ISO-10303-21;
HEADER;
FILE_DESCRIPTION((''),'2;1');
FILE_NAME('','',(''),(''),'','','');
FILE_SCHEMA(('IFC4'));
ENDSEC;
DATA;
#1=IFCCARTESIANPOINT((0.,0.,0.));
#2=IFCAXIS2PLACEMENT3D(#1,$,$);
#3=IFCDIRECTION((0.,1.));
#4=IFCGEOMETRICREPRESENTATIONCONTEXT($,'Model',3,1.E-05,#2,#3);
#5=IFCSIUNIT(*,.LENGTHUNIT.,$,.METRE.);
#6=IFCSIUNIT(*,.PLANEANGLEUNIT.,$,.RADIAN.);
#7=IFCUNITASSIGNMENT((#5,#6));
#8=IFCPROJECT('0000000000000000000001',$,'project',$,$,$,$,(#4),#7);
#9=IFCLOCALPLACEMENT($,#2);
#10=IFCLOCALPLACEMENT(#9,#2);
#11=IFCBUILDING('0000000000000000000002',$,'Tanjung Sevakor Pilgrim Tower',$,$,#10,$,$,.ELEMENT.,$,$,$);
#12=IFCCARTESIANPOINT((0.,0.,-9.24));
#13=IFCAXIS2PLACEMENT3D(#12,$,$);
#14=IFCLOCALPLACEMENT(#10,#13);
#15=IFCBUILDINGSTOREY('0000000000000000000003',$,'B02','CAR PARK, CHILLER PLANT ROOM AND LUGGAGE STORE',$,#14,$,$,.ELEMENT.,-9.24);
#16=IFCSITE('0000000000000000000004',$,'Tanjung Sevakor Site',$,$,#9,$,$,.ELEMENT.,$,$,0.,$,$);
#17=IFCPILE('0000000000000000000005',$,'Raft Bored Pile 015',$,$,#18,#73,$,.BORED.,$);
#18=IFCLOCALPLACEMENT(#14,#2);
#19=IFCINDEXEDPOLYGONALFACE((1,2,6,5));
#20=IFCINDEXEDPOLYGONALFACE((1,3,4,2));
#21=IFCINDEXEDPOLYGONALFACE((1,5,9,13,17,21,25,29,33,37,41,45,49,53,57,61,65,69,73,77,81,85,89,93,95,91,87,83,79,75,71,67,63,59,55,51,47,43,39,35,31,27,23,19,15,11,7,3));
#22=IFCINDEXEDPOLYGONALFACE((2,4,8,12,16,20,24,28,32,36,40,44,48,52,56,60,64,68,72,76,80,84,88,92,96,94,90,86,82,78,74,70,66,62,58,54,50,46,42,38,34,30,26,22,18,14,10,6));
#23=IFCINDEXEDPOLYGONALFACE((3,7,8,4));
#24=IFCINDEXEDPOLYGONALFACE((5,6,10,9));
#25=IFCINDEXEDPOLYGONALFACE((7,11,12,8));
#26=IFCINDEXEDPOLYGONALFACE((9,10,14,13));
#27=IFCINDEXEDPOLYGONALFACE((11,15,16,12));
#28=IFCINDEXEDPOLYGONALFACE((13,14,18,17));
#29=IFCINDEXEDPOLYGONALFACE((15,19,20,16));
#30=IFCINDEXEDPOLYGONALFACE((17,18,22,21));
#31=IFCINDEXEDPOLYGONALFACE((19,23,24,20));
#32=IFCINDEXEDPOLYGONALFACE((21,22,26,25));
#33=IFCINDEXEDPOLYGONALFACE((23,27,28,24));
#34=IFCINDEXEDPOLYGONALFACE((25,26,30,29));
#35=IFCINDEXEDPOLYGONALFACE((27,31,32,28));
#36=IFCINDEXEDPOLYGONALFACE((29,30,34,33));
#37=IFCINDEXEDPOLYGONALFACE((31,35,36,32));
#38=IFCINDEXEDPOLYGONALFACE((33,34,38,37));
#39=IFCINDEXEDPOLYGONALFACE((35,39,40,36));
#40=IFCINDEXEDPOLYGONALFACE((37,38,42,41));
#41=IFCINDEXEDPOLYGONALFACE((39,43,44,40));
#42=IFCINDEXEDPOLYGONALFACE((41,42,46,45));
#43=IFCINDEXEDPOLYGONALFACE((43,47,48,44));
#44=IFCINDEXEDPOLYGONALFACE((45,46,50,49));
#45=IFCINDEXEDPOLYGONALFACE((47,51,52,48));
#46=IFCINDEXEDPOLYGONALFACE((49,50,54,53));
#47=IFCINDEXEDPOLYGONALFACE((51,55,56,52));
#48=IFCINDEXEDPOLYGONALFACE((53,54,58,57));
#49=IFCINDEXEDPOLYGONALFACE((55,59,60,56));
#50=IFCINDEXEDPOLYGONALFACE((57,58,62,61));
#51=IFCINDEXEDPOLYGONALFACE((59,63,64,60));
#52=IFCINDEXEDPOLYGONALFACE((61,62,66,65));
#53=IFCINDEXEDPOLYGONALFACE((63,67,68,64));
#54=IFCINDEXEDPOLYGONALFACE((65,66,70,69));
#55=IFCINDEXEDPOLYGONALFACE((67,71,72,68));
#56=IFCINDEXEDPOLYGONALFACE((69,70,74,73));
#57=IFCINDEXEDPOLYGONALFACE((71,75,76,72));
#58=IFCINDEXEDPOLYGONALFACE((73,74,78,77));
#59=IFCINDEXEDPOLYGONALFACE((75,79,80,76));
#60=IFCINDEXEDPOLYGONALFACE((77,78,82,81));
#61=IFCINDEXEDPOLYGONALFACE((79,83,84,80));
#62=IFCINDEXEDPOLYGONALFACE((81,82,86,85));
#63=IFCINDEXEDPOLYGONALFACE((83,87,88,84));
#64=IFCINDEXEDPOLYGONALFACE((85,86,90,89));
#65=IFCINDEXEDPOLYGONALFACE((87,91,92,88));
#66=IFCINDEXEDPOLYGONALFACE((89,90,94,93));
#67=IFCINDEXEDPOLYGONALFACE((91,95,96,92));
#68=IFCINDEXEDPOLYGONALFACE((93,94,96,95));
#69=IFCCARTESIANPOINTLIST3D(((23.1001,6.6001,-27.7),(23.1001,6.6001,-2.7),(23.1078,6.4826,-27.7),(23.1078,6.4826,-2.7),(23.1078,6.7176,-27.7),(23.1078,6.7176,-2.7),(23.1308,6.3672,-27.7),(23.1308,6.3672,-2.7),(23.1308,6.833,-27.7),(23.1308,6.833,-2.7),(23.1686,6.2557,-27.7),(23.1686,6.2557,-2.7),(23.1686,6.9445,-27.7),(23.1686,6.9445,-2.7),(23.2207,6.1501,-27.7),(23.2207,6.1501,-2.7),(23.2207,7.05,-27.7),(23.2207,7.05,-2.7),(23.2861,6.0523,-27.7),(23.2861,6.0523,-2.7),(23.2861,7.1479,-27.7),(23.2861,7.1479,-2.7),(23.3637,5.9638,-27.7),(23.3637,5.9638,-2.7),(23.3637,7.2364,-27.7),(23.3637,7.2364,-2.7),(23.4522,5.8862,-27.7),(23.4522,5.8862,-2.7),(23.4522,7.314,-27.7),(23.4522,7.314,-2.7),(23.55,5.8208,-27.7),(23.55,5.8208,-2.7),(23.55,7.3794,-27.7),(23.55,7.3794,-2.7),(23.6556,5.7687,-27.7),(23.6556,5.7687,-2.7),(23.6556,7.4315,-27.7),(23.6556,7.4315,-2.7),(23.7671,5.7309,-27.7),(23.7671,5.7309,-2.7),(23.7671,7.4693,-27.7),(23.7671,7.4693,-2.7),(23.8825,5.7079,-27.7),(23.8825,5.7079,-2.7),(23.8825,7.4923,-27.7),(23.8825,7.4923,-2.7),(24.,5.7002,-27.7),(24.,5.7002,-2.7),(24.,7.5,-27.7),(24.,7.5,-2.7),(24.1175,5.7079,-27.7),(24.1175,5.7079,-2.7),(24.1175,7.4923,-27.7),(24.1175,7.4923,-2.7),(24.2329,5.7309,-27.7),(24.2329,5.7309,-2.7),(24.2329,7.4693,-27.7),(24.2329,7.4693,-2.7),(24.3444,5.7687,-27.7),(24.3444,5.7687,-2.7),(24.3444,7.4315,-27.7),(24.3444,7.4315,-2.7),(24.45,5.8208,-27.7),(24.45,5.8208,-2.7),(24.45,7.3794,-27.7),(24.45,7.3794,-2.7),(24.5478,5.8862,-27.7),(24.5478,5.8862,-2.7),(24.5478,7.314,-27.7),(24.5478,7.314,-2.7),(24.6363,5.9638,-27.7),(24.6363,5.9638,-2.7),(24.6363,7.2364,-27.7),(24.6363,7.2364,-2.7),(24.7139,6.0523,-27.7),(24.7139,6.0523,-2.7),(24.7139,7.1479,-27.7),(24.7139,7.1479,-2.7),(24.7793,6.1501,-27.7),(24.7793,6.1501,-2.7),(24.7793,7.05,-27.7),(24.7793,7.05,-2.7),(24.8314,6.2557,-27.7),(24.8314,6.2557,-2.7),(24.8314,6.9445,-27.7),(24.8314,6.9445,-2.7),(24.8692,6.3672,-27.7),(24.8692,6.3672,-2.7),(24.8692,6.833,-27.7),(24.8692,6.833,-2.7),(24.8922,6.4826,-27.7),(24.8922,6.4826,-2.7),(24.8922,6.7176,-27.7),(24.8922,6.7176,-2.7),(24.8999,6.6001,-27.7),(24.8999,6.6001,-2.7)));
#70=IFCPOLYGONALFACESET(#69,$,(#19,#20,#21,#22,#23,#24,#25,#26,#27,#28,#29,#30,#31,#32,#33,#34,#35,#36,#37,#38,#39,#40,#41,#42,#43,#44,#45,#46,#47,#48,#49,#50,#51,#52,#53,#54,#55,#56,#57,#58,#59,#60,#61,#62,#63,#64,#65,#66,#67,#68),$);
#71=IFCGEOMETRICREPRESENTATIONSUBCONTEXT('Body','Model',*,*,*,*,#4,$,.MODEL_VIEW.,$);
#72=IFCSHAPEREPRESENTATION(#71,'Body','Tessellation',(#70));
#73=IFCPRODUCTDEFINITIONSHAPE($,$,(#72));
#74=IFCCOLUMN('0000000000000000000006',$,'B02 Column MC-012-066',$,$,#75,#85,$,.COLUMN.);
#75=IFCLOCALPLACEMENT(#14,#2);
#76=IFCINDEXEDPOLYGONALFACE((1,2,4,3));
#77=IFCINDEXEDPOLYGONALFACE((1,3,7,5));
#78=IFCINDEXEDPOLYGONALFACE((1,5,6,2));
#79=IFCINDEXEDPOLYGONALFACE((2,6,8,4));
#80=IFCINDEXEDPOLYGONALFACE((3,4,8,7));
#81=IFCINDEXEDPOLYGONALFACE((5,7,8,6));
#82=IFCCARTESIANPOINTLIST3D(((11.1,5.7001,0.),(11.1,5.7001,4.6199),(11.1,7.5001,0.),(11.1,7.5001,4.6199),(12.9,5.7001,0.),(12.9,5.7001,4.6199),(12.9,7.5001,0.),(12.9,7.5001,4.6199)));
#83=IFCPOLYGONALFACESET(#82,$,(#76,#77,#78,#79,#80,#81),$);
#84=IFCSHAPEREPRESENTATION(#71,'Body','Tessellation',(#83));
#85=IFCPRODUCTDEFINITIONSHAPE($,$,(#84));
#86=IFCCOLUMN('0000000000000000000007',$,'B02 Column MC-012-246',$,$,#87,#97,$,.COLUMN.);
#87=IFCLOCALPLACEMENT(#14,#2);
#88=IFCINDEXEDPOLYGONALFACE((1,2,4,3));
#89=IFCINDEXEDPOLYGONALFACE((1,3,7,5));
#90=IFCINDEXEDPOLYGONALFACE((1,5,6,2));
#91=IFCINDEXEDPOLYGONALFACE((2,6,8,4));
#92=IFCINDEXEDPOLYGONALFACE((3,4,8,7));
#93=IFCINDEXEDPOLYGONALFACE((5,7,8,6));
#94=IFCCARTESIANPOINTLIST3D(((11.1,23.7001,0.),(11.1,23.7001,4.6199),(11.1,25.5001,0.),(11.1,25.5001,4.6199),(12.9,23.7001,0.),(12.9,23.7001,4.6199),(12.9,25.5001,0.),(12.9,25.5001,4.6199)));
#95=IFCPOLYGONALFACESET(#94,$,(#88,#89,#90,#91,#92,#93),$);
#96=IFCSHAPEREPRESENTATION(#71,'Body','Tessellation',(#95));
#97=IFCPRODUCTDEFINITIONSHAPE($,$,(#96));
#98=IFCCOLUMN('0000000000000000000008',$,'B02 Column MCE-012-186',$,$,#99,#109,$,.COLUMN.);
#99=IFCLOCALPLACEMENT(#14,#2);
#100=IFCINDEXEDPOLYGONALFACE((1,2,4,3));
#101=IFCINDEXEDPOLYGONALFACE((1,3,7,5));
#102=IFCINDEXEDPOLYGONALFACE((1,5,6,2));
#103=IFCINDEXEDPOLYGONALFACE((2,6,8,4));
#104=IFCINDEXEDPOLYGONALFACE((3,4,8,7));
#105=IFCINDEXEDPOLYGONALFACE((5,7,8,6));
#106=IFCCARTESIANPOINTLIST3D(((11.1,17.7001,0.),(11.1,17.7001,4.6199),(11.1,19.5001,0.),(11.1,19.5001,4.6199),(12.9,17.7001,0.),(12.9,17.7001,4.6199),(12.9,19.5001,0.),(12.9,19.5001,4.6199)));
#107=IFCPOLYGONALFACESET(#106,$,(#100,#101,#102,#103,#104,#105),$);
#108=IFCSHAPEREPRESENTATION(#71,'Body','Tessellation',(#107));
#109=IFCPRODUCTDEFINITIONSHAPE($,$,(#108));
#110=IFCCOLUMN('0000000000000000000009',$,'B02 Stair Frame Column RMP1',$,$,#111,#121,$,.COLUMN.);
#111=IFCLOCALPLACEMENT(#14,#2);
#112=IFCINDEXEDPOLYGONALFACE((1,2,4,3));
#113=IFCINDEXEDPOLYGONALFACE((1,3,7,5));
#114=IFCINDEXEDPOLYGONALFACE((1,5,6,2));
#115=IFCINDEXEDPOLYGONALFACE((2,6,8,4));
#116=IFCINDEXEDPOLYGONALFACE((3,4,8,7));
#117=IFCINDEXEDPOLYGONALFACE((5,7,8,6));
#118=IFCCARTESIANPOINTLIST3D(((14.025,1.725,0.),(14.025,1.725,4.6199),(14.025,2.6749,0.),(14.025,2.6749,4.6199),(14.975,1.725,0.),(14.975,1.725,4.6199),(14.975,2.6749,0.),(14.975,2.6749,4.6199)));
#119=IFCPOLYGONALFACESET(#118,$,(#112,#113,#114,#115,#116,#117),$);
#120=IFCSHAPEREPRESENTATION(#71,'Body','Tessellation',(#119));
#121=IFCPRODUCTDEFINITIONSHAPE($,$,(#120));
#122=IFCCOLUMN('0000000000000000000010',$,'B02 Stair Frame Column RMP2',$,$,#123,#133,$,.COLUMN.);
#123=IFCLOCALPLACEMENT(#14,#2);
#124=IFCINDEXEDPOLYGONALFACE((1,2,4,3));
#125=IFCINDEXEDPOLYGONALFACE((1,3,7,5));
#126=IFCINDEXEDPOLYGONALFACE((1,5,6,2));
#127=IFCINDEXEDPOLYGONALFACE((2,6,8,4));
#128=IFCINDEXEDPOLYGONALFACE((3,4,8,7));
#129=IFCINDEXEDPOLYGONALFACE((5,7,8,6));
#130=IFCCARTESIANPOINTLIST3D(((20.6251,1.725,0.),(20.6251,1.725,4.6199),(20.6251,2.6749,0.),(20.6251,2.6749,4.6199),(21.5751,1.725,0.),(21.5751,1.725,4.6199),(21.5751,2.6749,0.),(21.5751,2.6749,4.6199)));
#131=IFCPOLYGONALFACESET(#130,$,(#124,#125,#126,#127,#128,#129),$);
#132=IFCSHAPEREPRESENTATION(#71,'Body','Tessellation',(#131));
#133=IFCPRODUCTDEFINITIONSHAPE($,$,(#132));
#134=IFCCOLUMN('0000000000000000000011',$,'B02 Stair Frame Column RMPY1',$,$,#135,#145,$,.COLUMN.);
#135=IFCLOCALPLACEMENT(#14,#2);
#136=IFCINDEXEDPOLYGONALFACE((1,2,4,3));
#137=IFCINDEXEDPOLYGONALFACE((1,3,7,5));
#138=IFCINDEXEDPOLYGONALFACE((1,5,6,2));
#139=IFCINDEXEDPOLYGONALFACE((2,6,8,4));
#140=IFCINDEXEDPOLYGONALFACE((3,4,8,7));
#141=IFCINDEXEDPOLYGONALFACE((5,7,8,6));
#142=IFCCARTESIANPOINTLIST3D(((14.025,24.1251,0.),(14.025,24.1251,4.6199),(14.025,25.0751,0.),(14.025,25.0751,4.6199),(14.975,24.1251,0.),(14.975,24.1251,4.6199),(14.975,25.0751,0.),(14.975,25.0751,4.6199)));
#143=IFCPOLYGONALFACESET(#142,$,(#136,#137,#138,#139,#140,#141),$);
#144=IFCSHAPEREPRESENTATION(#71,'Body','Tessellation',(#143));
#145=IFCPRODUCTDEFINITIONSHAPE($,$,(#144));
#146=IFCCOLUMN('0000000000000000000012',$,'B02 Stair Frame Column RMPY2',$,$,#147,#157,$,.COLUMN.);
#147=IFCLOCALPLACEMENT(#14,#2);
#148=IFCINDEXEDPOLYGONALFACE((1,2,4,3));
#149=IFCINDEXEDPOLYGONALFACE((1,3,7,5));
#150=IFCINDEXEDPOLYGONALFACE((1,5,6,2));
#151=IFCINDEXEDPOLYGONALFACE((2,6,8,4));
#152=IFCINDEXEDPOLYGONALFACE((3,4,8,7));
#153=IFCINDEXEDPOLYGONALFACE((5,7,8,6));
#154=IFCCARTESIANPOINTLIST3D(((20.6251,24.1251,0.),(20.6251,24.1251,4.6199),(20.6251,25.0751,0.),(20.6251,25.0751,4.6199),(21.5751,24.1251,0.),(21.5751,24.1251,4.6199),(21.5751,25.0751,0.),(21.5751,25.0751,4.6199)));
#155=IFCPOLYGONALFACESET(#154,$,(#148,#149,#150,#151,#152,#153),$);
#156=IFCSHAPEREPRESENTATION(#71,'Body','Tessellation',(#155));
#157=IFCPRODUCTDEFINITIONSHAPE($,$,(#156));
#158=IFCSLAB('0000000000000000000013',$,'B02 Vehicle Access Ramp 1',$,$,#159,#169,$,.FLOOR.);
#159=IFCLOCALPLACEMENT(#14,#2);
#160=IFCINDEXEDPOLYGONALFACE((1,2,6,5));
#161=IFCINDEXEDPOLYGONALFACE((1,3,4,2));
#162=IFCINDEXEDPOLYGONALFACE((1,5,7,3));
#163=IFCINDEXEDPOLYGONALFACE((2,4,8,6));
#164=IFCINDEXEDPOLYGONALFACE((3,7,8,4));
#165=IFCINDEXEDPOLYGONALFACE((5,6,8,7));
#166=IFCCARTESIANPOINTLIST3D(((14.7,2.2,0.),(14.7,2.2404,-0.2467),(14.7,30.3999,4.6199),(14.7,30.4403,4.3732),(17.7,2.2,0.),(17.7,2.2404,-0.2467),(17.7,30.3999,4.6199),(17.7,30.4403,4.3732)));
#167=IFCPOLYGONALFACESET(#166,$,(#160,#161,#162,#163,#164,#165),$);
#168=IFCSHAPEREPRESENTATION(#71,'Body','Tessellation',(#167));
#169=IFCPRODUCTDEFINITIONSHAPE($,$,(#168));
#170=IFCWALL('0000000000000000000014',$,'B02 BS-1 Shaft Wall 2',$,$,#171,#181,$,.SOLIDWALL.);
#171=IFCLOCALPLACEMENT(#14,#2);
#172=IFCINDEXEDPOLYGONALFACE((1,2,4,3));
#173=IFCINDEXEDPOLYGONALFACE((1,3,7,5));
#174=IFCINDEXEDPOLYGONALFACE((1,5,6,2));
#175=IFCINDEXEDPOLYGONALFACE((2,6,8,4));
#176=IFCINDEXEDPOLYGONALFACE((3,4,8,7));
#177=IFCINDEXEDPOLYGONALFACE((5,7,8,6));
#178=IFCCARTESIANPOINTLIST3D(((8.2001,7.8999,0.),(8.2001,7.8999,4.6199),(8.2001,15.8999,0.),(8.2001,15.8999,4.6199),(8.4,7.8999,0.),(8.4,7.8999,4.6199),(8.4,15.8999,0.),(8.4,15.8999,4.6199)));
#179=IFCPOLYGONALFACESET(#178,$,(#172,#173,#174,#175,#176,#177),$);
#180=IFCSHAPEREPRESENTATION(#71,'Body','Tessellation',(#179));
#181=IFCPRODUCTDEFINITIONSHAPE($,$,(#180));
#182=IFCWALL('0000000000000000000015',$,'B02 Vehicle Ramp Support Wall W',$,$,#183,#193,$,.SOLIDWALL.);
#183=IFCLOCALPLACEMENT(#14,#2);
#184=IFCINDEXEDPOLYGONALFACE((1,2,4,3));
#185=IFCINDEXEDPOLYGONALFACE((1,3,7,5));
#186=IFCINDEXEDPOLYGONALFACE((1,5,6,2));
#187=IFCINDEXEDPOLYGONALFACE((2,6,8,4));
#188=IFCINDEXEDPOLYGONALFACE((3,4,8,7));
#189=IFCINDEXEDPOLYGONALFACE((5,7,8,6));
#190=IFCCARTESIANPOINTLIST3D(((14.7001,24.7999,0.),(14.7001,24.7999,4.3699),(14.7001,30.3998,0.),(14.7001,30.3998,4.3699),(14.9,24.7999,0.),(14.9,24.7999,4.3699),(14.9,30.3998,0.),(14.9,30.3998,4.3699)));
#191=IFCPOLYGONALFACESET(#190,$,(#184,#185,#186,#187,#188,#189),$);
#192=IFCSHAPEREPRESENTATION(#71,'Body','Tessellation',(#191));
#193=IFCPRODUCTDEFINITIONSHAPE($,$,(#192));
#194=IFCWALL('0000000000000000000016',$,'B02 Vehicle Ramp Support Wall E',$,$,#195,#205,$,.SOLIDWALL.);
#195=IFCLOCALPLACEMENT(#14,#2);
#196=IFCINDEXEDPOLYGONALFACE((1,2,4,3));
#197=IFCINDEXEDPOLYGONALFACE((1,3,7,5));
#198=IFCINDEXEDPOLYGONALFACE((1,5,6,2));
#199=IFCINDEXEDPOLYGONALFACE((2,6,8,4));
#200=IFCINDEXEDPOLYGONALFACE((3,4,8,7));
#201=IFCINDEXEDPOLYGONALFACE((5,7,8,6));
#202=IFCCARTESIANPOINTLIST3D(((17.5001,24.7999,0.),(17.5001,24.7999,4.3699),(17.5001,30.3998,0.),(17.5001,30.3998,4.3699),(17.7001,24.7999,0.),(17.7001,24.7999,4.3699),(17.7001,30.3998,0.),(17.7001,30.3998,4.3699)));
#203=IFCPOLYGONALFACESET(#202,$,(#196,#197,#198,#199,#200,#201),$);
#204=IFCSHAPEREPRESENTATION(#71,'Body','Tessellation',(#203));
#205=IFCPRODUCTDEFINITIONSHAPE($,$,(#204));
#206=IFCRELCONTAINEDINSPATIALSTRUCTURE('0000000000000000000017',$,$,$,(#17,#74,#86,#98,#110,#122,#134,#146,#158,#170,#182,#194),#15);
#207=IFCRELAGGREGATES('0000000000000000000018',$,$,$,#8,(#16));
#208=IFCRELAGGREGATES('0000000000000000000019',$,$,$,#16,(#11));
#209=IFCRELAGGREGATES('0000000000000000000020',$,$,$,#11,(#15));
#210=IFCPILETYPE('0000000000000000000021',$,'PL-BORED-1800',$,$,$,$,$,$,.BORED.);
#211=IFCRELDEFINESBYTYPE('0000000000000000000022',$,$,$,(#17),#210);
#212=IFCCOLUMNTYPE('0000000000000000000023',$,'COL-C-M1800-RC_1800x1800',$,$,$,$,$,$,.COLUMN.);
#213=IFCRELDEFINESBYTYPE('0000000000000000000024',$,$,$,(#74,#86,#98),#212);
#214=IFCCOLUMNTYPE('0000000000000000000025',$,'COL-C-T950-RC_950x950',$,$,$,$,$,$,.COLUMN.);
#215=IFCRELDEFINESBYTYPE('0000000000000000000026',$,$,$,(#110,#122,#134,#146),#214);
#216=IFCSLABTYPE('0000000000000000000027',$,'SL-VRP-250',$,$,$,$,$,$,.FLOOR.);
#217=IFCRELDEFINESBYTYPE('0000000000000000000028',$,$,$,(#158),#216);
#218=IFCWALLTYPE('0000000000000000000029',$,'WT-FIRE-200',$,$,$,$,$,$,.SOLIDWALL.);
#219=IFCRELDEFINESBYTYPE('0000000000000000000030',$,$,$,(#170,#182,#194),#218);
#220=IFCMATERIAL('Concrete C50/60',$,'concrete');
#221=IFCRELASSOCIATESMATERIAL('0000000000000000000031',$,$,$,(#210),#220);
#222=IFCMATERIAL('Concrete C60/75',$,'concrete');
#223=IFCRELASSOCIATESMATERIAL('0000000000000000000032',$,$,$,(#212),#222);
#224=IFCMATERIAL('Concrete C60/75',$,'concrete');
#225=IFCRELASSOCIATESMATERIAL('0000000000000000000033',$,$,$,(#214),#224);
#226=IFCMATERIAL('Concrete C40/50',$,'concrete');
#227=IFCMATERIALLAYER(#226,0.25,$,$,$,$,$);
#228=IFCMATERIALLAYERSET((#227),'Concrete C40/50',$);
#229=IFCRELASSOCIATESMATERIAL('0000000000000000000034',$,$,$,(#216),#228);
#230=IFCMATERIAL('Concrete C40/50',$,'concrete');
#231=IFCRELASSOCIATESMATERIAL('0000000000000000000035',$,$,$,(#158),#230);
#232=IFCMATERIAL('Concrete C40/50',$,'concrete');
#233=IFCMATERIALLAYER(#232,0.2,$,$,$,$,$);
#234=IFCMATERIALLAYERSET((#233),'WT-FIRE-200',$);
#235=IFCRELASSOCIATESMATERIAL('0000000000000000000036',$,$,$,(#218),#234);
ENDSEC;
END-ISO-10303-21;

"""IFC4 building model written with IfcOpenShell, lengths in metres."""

from ifc_helpers import new_model, si_unit, direction, frame, frame_2d, origin, origin_2d, place, context, subcontext, project, spatial, polyline, rectangle, circle, outline, extrude, material, layer, layer_set, material_profile, profile_set, type_object, element, save


model = new_model("IFC4")

# Units and contexts
model_context = context("Model", 3, precision=1e-05, world=origin(), true_north=direction((0.0, 1.0)))
body_context = subcontext(model_context, "Body", "Model", "MODEL_VIEW")
ifc_project = project(units=[si_unit("LENGTHUNIT", "METRE"), si_unit("PLANEANGLEUNIT", "RADIAN")], contexts=[model_context])

# Site, building, storey
site_placement = place(None, origin())
site = spatial("IfcSite", under=ifc_project, at=site_placement, Name="Tanjung Sevakor Site", CompositionType="ELEMENT", RefElevation=0.0)
building_placement = place(site_placement, origin())
building = spatial("IfcBuilding", under=site, at=building_placement, Name="Tanjung Sevakor Pilgrim Tower", CompositionType="ELEMENT")
storey_placement = place(building_placement, frame((0.0, 0.0, -9.24)))
storey = spatial("IfcBuildingStorey", under=building, at=storey_placement, Name="B02", Description="CAR PARK, CHILLER PLANT ROOM AND LUGGAGE STORE", CompositionType="ELEMENT", Elevation=-9.24)

# Pile
ifc_material_1 = material(Name="Concrete C50/60", Category="concrete")
ifc_material_profile_1 = material_profile(ifc_material_1, circle(Radius=0.8999, at=origin_2d()))
ifc_profile_set_1 = profile_set([ifc_material_profile_1], Name="Concrete C50/60")
pile_type = type_object("IfcPileType", Name="PL-BORED-1800", PredefinedType="BORED", material=ifc_profile_set_1)
for number, where, z_axis, x_axis, name in (
    (1, (24.0, 6.6001, -2.7), (0.0, 0.0, -1.0), (1.0, 0.0, 0.0), "Raft Bored Pile 015"),
):
    element("IfcPile", number, at=place(storey_placement, frame(where, z_axis=z_axis, x_axis=x_axis)), inside=storey, type_object=pile_type, Name=name, PredefinedType="BORED", context=body_context, shape_type="SweptSolid", body=[
        extrude(circle(Radius=0.8999, at=origin_2d()), origin(), (0.0, 0.0, 1.0), 25.0),
    ])

# Columns
ifc_material_2 = material(Name="Concrete C60/75", Category="concrete")
ifc_material_profile_2 = material_profile(ifc_material_2, rectangle(XDim=1.8, YDim=1.8, at=origin_2d()))
ifc_profile_set_2 = profile_set([ifc_material_profile_2], Name="Concrete C60/75")
column_type_1 = type_object("IfcColumnType", Name="COL-C-M1800-RC_1800x1800", PredefinedType="COLUMN", material=ifc_profile_set_2)
for number, where, z_axis, x_axis, name in (
    (2, (12.0, 6.6001, 0.0), (0.0, 0.0, 1.0), (1.0, 0.0, 0.0), "B02 Column MC-012-066"),
    (3, (12.0, 24.6001, 0.0), (0.0, 0.0, 1.0), (1.0, 0.0, 0.0), "B02 Column MC-012-246"),
    (4, (12.0, 18.6001, 0.0), (0.0, 0.0, 1.0), (1.0, 0.0, 0.0), "B02 Column MCE-012-186"),
):
    element("IfcColumn", number, at=place(storey_placement, frame(where, z_axis=z_axis, x_axis=x_axis)), inside=storey, type_object=column_type_1, Name=name, PredefinedType="COLUMN", context=body_context, shape_type="SweptSolid", body=[
        extrude(rectangle(XDim=1.8, YDim=1.8, at=origin_2d()), origin(), (0.0, 0.0, 1.0), 4.6199),
    ])
ifc_material_3 = material(Name="Concrete C60/75", Category="concrete")
ifc_material_profile_3 = material_profile(ifc_material_3, rectangle(XDim=0.95, YDim=0.95, at=origin_2d()))
ifc_profile_set_3 = profile_set([ifc_material_profile_3], Name="Concrete C60/75")
column_type_2 = type_object("IfcColumnType", Name="COL-C-T950-RC_950x950", PredefinedType="COLUMN", material=ifc_profile_set_3)
for number, where, z_axis, x_axis, name in (
    (5, (14.5, 2.2, 0.0), (0.0, 0.0, 1.0), (1.0, 0.0, 0.0), "B02 Stair Frame Column RMP1"),
    (6, (21.1001, 2.2, 0.0), (0.0, 0.0, 1.0), (1.0, 0.0, 0.0), "B02 Stair Frame Column RMP2"),
    (7, (14.5, 24.6001, 0.0), (0.0, 0.0, 1.0), (1.0, 0.0, 0.0), "B02 Stair Frame Column RMPY1"),
    (8, (21.1001, 24.6001, 0.0), (0.0, 0.0, 1.0), (1.0, 0.0, 0.0), "B02 Stair Frame Column RMPY2"),
):
    element("IfcColumn", number, at=place(storey_placement, frame(where, z_axis=z_axis, x_axis=x_axis)), inside=storey, type_object=column_type_2, Name=name, PredefinedType="COLUMN", context=body_context, shape_type="SweptSolid", body=[
        extrude(rectangle(XDim=0.95, YDim=0.95, at=origin_2d()), origin(), (0.0, 0.0, 1.0), 4.6199),
    ])

# Slab
ifc_material_4 = material(Name="Concrete C40/50", Category="concrete")
ifc_material_5 = material(Name="Concrete C40/50", Category="concrete")
ifc_layer_1 = layer(ifc_material_5, 0.25)
ifc_layer_set_1 = layer_set([ifc_layer_1], Name="Concrete C40/50")
slab_type = type_object("IfcSlabType", Name="SL-VRP-250", PredefinedType="FLOOR", material=ifc_layer_set_1)
slab_placement = place(storey_placement, frame((14.7, 2.2, 0.0), z_axis=(0.0, -0.16167, 0.986845), x_axis=(1.0, 0.0, 0.0)))
element("IfcSlab", 9, at=slab_placement, inside=storey, type_object=slab_type, material=ifc_material_4, Name="B02 Vehicle Access Ramp 1", PredefinedType="FLOOR", context=body_context, shape_type="SweptSolid", body=[
    extrude(outline(polyline([(0.0, 0.0), (3.0, 0.0), (3.0, 28.5759), (0.0, 28.5759), (0.0, 0.0)])), origin(), (0.0, 0.0, -1.0), 0.25),
])

# Wall
ifc_material_6 = material(Name="Concrete C40/50", Category="concrete")
ifc_layer_2 = layer(ifc_material_6, 0.2)
ifc_layer_set_2 = layer_set([ifc_layer_2], Name="WT-FIRE-200")
wall_type_1 = type_object("IfcWallType", Name="WT-FIRE-200", PredefinedType="SOLIDWALL", material=ifc_layer_set_2)
wall_1_placement = place(storey_placement, frame((8.3, 7.8999, 0.0), z_axis=(0.0, 0.0, 1.0), x_axis=(0.0, 1.0, 0.0)))
element("IfcWall", 10, at=wall_1_placement, inside=storey, type_object=wall_type_1, Name="B02 BS-1 Shaft Wall 2", PredefinedType="SOLIDWALL", context=body_context, shape_type="SweptSolid", body=[
    extrude(rectangle(XDim=8.0, YDim=0.2, at=frame_2d((4.0, 0.0))), origin(), (0.0, 0.0, 1.0), 4.6199),
])

# Walls
for number, where, z_axis, x_axis, name in (
    (11, (14.8, 24.8, 0.0), (0.0, 0.0, 1.0), (0.0, 1.0, 0.0), "B02 Vehicle Ramp Support Wall W"),
    (12, (17.6001, 24.8, 0.0), (0.0, 0.0, 1.0), (0.0, 1.0, 0.0), "B02 Vehicle Ramp Support Wall E"),
):
    element("IfcWall", number, at=place(storey_placement, frame(where, z_axis=z_axis, x_axis=x_axis)), inside=storey, type_object=wall_type_1, Name=name, PredefinedType="SOLIDWALL", context=body_context, shape_type="SweptSolid", body=[
        extrude(rectangle(XDim=5.5999, YDim=0.2, at=frame_2d((2.7998, 0.0))), origin(), (0.0, 0.0, 1.0), 4.3699),
    ])

save(model, "model.ifc")
